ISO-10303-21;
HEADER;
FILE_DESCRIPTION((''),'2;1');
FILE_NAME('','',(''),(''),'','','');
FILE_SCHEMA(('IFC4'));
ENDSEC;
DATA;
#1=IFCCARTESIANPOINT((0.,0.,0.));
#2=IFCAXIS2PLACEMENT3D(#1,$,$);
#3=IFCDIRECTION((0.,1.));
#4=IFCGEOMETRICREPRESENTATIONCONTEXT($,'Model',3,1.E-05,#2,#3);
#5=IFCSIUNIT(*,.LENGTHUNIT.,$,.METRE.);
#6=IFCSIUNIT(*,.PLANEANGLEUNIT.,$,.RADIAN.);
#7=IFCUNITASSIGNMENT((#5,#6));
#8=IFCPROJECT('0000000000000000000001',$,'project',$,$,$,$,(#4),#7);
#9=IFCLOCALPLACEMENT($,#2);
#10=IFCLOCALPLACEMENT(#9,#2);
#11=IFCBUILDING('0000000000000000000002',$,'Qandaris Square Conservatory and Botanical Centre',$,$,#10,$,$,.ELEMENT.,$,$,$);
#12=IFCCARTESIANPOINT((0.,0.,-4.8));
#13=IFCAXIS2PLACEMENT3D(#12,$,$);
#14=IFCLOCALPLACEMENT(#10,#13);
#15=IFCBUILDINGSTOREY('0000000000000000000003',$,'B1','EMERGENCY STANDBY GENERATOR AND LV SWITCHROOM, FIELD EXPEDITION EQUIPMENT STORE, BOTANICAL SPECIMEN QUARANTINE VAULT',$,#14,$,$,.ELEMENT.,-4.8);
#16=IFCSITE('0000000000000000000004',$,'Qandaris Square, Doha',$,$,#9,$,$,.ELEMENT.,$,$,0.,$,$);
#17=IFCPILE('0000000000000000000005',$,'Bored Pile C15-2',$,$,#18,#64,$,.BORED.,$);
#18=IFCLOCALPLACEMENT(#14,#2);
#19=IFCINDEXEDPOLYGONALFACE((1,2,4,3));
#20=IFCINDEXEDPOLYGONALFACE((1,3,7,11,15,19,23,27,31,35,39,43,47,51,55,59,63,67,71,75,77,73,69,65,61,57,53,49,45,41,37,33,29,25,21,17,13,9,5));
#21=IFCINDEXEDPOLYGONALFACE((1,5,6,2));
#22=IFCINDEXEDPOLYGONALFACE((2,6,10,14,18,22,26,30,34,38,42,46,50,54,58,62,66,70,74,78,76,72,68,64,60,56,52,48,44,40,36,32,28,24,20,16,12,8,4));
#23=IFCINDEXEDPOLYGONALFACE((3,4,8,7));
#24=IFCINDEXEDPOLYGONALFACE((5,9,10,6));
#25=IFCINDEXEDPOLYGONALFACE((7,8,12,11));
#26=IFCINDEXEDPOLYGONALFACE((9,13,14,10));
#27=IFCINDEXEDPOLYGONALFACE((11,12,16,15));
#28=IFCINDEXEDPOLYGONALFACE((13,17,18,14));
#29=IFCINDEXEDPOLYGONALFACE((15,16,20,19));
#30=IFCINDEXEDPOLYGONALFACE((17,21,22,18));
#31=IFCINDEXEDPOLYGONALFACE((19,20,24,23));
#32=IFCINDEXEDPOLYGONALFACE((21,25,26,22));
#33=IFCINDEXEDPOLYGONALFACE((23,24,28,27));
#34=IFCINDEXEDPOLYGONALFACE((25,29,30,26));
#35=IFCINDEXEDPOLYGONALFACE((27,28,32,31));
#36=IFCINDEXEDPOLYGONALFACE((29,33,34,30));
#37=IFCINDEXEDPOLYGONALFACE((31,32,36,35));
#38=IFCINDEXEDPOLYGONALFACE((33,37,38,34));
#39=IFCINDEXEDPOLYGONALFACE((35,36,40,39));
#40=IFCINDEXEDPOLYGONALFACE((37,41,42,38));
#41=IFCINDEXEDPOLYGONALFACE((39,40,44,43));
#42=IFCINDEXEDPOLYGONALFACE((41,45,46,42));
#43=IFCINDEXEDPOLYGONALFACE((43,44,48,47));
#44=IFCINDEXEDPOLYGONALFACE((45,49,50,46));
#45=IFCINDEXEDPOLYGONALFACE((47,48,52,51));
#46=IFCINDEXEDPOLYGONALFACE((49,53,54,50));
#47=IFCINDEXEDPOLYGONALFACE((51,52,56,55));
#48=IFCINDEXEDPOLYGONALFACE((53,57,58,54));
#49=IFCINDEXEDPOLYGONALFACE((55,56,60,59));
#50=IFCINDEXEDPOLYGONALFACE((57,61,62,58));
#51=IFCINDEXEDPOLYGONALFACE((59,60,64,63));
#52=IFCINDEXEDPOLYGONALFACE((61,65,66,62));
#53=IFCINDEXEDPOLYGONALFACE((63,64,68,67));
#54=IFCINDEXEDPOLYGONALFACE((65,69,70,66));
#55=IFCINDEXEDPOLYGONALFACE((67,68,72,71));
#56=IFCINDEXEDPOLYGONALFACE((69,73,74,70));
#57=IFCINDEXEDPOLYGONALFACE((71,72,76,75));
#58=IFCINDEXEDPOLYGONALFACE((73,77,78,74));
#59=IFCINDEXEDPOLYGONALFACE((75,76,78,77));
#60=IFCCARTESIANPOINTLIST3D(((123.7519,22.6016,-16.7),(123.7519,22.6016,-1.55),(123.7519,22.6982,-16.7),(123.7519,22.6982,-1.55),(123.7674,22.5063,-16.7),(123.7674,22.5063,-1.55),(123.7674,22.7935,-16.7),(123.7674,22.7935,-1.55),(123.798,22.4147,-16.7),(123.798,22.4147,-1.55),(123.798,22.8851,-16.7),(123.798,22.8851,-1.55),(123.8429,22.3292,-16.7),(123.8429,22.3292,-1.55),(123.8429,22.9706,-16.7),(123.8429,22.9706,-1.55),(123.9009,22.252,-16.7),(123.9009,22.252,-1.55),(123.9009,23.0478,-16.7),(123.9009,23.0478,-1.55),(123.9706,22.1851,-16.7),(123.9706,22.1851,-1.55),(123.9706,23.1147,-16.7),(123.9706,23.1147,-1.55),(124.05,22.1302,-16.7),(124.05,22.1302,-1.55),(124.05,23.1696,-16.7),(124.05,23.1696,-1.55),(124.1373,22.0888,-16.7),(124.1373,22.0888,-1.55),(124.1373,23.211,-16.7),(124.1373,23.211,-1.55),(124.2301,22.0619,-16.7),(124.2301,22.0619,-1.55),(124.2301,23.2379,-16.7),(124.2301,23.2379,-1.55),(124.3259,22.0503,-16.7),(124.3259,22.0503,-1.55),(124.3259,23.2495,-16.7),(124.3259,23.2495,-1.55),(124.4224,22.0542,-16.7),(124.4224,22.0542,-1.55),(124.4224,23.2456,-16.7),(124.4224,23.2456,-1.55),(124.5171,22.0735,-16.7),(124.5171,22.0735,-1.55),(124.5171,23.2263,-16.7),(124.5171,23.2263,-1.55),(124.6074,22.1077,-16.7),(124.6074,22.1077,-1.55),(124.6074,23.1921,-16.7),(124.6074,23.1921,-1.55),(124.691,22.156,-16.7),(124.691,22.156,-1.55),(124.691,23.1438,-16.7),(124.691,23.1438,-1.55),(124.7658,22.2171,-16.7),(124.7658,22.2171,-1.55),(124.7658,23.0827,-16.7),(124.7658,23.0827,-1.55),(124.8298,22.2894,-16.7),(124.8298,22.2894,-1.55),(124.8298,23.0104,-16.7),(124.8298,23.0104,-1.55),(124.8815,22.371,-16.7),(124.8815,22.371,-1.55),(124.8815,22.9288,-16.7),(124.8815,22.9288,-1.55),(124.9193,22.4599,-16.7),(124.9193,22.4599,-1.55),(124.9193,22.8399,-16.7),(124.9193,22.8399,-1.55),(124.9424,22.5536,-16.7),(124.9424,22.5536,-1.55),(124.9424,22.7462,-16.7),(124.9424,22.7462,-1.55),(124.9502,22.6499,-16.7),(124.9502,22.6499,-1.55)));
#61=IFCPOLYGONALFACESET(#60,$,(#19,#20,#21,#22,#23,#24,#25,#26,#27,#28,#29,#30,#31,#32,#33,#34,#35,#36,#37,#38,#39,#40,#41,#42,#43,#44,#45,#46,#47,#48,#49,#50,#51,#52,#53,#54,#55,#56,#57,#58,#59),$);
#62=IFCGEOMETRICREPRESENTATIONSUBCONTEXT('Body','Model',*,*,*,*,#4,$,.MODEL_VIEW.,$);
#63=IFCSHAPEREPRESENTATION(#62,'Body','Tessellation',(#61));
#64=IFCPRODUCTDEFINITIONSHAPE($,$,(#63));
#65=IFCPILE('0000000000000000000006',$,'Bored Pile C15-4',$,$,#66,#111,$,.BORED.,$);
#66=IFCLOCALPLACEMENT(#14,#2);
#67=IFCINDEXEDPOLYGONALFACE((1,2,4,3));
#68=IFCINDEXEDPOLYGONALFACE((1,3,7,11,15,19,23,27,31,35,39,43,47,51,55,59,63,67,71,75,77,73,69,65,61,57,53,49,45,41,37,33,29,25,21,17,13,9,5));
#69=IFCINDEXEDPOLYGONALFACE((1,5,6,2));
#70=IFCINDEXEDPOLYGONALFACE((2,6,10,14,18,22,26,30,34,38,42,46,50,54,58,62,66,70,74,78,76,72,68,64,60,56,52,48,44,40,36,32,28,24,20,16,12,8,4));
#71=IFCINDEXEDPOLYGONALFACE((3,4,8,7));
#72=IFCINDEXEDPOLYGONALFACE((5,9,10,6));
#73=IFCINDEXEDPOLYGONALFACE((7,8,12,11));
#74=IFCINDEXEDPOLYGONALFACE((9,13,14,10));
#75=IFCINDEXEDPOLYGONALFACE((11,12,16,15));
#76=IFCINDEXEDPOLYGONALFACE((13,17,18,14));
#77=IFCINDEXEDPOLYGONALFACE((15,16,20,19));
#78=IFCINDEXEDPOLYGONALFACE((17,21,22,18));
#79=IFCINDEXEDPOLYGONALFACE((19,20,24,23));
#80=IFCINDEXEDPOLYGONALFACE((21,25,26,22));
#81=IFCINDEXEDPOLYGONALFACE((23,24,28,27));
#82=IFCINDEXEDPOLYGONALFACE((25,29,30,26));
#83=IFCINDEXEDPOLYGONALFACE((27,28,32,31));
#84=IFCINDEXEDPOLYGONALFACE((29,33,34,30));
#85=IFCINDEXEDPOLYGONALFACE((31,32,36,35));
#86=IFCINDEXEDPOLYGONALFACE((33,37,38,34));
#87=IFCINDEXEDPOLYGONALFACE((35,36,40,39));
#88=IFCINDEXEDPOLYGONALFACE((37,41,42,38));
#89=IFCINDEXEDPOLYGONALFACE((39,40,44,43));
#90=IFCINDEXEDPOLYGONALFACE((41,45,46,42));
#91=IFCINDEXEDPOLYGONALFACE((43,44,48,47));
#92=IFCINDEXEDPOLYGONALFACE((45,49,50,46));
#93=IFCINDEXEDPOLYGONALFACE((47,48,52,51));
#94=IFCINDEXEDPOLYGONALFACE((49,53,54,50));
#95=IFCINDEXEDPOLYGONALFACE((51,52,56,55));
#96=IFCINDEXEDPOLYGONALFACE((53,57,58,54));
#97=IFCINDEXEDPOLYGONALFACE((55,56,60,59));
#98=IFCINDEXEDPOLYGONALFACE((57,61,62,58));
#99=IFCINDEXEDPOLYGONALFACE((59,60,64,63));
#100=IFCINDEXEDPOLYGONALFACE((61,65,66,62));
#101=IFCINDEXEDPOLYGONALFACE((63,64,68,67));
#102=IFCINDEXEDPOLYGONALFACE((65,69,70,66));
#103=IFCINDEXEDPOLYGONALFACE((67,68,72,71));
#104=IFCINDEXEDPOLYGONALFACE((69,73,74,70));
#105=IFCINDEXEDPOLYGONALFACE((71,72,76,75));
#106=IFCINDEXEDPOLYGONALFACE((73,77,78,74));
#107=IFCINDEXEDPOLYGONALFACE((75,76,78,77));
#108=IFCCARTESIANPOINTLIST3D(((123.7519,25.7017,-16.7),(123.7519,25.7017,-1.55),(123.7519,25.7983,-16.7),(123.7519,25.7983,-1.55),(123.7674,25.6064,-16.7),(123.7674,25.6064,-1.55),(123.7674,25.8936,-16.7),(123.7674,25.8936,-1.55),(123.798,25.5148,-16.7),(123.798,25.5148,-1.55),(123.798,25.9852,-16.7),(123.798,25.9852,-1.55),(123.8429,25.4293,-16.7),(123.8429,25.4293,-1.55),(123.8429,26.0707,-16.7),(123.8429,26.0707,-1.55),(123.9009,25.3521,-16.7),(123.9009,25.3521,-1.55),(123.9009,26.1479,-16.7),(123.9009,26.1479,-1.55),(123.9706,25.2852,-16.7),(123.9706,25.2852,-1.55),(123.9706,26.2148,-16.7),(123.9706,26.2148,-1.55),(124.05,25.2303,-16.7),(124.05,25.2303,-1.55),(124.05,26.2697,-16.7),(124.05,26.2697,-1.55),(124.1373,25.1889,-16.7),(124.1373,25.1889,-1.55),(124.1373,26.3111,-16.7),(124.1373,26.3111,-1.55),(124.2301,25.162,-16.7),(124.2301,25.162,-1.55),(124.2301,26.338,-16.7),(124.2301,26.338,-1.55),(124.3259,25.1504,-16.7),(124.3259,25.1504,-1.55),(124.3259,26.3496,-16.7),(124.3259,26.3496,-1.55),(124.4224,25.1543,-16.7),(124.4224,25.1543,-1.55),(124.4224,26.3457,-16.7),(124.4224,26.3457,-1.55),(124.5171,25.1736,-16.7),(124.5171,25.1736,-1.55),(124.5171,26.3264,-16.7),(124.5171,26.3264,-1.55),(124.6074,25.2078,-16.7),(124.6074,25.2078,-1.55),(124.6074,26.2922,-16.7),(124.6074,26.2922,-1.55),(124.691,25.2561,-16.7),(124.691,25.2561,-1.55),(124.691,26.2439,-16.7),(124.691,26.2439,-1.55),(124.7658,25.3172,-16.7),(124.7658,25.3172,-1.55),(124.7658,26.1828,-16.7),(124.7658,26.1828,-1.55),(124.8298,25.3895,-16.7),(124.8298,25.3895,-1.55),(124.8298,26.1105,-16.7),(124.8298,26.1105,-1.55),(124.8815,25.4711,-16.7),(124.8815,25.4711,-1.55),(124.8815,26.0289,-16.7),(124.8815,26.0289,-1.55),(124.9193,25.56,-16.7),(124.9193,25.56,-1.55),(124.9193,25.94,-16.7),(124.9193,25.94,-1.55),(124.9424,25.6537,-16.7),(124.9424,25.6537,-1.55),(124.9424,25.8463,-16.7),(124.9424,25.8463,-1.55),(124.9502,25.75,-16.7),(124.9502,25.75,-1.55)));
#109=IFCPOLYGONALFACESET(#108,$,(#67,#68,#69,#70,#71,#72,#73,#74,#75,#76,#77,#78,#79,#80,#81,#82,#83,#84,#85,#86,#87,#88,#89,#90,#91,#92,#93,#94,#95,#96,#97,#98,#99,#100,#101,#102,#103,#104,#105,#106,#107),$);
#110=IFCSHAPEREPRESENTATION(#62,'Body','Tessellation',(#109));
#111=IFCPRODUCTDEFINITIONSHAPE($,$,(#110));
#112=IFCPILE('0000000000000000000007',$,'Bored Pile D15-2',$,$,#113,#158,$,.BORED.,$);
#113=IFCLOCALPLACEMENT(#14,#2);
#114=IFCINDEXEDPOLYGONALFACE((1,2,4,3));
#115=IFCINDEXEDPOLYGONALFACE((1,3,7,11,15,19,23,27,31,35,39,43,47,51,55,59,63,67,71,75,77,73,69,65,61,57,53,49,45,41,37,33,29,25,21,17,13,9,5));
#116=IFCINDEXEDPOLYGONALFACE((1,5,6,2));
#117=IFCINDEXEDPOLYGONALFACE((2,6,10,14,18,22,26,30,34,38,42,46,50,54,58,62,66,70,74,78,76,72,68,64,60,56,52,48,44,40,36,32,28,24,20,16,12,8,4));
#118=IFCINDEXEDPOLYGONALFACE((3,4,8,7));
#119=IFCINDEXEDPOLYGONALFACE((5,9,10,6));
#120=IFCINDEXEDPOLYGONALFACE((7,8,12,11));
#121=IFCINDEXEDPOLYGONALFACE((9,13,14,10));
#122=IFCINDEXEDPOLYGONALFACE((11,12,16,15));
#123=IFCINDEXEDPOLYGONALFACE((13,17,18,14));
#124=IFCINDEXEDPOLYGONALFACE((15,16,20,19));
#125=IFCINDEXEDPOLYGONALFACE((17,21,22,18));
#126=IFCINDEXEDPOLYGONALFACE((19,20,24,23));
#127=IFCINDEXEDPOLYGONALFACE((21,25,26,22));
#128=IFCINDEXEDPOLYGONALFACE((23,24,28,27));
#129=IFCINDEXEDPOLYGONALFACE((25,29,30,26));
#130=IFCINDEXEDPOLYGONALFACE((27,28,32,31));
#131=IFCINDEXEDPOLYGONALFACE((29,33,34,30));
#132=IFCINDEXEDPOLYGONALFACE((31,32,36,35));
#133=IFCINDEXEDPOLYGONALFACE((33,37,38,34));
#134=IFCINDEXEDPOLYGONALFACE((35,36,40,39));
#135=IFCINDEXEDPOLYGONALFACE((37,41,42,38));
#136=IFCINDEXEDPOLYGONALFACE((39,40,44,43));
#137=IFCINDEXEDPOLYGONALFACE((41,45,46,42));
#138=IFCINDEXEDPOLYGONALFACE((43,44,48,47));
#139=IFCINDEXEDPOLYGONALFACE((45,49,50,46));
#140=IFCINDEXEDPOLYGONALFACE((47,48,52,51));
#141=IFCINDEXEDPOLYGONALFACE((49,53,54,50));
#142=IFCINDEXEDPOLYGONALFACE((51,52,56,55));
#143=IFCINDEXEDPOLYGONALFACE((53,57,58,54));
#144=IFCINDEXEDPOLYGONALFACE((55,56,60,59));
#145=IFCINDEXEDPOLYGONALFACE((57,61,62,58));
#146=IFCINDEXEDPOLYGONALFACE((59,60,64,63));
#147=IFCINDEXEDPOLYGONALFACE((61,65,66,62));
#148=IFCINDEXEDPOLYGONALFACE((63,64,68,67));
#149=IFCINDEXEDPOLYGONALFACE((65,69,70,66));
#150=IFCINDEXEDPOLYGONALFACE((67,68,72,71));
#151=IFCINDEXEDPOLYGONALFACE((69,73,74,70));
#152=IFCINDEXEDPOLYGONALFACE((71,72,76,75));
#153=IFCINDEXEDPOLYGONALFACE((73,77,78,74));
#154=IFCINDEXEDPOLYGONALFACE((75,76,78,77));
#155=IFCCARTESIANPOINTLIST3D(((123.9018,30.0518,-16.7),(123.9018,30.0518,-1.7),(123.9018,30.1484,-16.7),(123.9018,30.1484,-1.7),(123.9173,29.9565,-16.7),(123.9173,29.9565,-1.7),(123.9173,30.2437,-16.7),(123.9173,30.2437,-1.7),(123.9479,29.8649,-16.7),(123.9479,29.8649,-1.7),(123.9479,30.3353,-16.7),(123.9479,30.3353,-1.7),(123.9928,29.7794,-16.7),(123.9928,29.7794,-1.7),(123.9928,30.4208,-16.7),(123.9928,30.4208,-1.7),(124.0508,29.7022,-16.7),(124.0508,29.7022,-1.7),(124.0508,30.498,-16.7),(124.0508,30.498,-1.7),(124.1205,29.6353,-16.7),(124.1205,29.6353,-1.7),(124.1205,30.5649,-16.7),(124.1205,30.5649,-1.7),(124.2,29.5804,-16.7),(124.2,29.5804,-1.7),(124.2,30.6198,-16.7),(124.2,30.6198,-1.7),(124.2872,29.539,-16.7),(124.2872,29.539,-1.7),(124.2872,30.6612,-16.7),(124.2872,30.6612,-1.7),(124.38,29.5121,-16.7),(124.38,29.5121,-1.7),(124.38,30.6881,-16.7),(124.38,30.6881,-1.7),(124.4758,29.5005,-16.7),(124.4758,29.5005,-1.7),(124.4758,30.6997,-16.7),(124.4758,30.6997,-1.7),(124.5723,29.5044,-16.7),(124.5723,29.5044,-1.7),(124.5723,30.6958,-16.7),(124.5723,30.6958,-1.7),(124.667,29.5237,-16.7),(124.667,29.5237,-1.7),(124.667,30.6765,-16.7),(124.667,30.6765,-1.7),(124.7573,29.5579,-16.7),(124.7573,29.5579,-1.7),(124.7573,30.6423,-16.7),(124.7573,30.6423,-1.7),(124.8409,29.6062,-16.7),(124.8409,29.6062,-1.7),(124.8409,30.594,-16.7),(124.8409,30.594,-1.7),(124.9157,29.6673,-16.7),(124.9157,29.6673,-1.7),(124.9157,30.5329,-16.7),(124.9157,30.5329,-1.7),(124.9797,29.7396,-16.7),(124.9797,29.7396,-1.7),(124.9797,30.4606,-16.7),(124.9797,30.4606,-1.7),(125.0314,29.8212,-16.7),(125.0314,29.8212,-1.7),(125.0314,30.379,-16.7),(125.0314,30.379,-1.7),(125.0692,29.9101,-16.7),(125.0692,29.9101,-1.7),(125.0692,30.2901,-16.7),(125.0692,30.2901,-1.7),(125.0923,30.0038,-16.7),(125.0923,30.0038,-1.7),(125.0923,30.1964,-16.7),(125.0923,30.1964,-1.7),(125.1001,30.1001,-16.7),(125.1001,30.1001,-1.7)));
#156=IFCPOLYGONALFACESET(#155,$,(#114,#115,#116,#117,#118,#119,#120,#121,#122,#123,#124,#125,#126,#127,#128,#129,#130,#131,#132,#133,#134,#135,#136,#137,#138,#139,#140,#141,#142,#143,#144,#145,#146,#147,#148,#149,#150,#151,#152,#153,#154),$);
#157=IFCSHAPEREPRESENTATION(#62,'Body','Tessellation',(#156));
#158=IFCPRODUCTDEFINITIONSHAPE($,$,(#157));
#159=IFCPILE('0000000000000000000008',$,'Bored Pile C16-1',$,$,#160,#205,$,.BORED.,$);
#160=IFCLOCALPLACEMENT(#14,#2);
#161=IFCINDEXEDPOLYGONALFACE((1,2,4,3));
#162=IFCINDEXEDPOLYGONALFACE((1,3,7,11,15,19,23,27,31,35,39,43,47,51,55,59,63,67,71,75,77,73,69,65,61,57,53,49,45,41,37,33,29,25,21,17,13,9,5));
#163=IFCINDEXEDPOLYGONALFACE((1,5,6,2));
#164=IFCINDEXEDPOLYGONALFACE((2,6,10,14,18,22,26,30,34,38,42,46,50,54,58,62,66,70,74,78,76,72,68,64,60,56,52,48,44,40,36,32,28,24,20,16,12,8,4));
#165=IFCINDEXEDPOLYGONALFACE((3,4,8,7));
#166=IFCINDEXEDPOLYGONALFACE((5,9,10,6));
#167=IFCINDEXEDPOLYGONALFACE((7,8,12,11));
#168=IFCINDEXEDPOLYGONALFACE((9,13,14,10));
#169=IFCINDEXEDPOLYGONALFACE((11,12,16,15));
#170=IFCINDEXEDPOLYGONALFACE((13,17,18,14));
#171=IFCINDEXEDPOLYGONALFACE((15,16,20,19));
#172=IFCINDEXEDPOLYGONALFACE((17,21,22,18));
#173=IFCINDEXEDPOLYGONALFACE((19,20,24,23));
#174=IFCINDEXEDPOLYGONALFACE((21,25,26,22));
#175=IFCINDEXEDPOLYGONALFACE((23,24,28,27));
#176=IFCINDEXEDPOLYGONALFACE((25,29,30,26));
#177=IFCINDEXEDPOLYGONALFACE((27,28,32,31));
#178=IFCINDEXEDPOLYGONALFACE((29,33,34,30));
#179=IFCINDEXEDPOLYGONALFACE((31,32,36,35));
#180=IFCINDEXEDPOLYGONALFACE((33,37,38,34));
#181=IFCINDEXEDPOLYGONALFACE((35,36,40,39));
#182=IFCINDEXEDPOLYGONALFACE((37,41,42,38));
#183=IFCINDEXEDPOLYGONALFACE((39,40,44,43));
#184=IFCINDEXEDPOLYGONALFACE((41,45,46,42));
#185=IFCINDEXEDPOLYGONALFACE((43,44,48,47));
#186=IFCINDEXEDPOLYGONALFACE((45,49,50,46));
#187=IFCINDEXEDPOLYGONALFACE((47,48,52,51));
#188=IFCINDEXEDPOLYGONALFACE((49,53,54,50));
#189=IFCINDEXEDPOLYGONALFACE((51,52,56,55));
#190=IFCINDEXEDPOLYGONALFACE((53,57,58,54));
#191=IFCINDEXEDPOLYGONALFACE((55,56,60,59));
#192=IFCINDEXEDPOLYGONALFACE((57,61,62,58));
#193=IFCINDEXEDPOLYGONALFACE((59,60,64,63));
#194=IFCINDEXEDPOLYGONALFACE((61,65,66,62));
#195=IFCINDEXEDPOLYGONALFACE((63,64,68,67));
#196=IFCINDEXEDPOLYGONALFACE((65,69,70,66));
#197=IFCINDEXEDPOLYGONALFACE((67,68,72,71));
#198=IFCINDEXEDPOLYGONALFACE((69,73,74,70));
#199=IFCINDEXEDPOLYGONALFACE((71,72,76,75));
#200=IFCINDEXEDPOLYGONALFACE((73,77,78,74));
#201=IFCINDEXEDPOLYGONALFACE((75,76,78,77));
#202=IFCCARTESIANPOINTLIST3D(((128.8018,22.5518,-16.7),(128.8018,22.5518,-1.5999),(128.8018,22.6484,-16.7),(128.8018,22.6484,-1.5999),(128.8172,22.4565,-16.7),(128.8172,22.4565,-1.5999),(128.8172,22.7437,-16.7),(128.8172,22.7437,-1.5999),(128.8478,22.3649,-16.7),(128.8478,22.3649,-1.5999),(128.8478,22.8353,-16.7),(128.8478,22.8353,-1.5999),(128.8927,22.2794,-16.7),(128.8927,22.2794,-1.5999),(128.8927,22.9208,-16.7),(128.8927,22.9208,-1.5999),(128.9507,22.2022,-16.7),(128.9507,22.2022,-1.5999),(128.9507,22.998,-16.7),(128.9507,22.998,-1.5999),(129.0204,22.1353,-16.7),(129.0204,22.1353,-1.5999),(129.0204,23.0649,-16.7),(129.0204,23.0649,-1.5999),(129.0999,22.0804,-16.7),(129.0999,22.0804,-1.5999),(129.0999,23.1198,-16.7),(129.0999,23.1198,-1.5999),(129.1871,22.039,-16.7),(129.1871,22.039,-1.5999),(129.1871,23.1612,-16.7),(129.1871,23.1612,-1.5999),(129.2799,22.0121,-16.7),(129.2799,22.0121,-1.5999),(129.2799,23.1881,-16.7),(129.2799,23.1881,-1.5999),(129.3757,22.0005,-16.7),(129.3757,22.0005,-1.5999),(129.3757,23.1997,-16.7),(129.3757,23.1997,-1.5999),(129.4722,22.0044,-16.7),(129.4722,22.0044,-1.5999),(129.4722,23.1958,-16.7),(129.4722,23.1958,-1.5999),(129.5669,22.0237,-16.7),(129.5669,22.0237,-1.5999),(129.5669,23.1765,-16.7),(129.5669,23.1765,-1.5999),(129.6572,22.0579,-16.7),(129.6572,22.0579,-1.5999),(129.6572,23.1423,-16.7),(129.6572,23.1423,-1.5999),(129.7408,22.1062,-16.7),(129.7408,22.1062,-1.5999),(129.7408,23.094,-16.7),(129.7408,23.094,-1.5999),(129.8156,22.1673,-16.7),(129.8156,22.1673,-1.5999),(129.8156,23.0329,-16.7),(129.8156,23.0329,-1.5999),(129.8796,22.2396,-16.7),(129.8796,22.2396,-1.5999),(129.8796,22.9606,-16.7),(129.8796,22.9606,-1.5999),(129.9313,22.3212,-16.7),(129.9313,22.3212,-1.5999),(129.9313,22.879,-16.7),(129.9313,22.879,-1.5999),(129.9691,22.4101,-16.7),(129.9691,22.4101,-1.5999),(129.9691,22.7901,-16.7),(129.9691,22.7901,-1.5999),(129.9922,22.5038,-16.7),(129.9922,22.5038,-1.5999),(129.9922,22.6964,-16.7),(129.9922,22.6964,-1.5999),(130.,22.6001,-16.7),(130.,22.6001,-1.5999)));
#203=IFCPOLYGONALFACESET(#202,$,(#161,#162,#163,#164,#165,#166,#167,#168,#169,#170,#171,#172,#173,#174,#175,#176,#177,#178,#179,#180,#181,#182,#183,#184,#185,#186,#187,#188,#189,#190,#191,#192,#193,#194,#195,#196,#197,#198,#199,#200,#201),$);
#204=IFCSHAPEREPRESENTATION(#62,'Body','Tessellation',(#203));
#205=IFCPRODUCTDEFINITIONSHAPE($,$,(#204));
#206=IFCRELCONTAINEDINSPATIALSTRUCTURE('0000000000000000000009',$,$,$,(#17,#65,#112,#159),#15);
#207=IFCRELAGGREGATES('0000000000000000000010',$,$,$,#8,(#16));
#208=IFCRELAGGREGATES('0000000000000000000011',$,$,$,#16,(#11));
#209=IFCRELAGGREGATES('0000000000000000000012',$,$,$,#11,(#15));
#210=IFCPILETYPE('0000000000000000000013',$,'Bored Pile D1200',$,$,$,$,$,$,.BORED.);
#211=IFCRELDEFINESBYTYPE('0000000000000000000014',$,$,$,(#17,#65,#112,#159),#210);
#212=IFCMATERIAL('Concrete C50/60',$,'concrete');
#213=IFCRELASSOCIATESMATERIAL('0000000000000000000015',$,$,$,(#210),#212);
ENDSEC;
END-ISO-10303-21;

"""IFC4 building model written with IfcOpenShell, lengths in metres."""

from ifc_helpers import new_model, si_unit, direction, frame, origin, origin_2d, place, context, subcontext, project, spatial, circle, extrude, material, material_profile, profile_set, type_object, element, save


model = new_model("IFC4")

# Units and contexts
model_context = context("Model", 3, precision=1e-05, world=origin(), true_north=direction((0.0, 1.0)))
body_context = subcontext(model_context, "Body", "Model", "MODEL_VIEW")
ifc_project = project(units=[si_unit("LENGTHUNIT", "METRE"), si_unit("PLANEANGLEUNIT", "RADIAN")], contexts=[model_context])

# Site, building, storey
site_placement = place(None, origin())
site = spatial("IfcSite", under=ifc_project, at=site_placement, Name="Qandaris Square, Doha", CompositionType="ELEMENT", RefElevation=0.0)
building_placement = place(site_placement, origin())
building = spatial("IfcBuilding", under=site, at=building_placement, Name="Qandaris Square Conservatory and Botanical Centre", CompositionType="ELEMENT")
storey_placement = place(building_placement, frame((0.0, 0.0, -4.8)))
storey = spatial("IfcBuildingStorey", under=building, at=storey_placement, Name="B1", Description="EMERGENCY STANDBY GENERATOR AND LV SWITCHROOM, FIELD EXPEDITION EQUIPMENT STORE, BOTANICAL SPECIMEN QUARANTINE VAULT", CompositionType="ELEMENT", Elevation=-4.8)

# Piles
ifc_material_1 = material(Name="Concrete C50/60", Category="concrete")
ifc_material_profile_1 = material_profile(ifc_material_1, circle(Radius=0.6001, at=origin_2d()), Name="PILE D1200")
ifc_profile_set_1 = profile_set([ifc_material_profile_1], Name="Concrete C50/60")
pile_type = type_object("IfcPileType", Name="Bored Pile D1200", PredefinedType="BORED", material=ifc_profile_set_1)
for number, where, z_axis, x_axis, name in (
    (1, (124.3501, 22.6499, -1.55), (0.0, 0.0, -1.0), (1.0, 0.0, 0.0), "Bored Pile C15-2"),
    (2, (124.3501, 25.75, -1.55), (0.0, 0.0, -1.0), (1.0, 0.0, 0.0), "Bored Pile C15-4"),
):
    element("IfcPile", number, at=place(storey_placement, frame(where, z_axis=z_axis, x_axis=x_axis)), inside=storey, type_object=pile_type, Name=name, PredefinedType="BORED", context=body_context, shape_type="SweptSolid", body=[
        extrude(circle(Radius=0.6001, at=origin_2d()), origin(), (0.0, 0.0, 1.0), 15.1499),
    ])
pile_1_placement = place(storey_placement, frame((124.5, 30.1001, -1.7), z_axis=(0.0, 0.0, -1.0), x_axis=(1.0, 0.0, 0.0)))
element("IfcPile", 3, at=pile_1_placement, inside=storey, type_object=pile_type, Name="Bored Pile D15-2", PredefinedType="BORED", context=body_context, shape_type="SweptSolid", body=[
    extrude(circle(Radius=0.6001, at=origin_2d()), origin(), (0.0, 0.0, 1.0), 15.0),
])
for number, where, z_axis, x_axis, name in (
    (4, (129.3999, 22.6001, -1.5999), (0.0, 0.0, -1.0), (1.0, 0.0, 0.0), "Bored Pile C16-1"),
):
    element("IfcPile", number, at=place(storey_placement, frame(where, z_axis=z_axis, x_axis=x_axis)), inside=storey, type_object=pile_type, Name=name, PredefinedType="BORED", context=body_context, shape_type="SweptSolid", body=[
        extrude(circle(Radius=0.6001, at=origin_2d()), origin(), (0.0, 0.0, 1.0), 15.1001),
    ])

save(model, "model.ifc")
